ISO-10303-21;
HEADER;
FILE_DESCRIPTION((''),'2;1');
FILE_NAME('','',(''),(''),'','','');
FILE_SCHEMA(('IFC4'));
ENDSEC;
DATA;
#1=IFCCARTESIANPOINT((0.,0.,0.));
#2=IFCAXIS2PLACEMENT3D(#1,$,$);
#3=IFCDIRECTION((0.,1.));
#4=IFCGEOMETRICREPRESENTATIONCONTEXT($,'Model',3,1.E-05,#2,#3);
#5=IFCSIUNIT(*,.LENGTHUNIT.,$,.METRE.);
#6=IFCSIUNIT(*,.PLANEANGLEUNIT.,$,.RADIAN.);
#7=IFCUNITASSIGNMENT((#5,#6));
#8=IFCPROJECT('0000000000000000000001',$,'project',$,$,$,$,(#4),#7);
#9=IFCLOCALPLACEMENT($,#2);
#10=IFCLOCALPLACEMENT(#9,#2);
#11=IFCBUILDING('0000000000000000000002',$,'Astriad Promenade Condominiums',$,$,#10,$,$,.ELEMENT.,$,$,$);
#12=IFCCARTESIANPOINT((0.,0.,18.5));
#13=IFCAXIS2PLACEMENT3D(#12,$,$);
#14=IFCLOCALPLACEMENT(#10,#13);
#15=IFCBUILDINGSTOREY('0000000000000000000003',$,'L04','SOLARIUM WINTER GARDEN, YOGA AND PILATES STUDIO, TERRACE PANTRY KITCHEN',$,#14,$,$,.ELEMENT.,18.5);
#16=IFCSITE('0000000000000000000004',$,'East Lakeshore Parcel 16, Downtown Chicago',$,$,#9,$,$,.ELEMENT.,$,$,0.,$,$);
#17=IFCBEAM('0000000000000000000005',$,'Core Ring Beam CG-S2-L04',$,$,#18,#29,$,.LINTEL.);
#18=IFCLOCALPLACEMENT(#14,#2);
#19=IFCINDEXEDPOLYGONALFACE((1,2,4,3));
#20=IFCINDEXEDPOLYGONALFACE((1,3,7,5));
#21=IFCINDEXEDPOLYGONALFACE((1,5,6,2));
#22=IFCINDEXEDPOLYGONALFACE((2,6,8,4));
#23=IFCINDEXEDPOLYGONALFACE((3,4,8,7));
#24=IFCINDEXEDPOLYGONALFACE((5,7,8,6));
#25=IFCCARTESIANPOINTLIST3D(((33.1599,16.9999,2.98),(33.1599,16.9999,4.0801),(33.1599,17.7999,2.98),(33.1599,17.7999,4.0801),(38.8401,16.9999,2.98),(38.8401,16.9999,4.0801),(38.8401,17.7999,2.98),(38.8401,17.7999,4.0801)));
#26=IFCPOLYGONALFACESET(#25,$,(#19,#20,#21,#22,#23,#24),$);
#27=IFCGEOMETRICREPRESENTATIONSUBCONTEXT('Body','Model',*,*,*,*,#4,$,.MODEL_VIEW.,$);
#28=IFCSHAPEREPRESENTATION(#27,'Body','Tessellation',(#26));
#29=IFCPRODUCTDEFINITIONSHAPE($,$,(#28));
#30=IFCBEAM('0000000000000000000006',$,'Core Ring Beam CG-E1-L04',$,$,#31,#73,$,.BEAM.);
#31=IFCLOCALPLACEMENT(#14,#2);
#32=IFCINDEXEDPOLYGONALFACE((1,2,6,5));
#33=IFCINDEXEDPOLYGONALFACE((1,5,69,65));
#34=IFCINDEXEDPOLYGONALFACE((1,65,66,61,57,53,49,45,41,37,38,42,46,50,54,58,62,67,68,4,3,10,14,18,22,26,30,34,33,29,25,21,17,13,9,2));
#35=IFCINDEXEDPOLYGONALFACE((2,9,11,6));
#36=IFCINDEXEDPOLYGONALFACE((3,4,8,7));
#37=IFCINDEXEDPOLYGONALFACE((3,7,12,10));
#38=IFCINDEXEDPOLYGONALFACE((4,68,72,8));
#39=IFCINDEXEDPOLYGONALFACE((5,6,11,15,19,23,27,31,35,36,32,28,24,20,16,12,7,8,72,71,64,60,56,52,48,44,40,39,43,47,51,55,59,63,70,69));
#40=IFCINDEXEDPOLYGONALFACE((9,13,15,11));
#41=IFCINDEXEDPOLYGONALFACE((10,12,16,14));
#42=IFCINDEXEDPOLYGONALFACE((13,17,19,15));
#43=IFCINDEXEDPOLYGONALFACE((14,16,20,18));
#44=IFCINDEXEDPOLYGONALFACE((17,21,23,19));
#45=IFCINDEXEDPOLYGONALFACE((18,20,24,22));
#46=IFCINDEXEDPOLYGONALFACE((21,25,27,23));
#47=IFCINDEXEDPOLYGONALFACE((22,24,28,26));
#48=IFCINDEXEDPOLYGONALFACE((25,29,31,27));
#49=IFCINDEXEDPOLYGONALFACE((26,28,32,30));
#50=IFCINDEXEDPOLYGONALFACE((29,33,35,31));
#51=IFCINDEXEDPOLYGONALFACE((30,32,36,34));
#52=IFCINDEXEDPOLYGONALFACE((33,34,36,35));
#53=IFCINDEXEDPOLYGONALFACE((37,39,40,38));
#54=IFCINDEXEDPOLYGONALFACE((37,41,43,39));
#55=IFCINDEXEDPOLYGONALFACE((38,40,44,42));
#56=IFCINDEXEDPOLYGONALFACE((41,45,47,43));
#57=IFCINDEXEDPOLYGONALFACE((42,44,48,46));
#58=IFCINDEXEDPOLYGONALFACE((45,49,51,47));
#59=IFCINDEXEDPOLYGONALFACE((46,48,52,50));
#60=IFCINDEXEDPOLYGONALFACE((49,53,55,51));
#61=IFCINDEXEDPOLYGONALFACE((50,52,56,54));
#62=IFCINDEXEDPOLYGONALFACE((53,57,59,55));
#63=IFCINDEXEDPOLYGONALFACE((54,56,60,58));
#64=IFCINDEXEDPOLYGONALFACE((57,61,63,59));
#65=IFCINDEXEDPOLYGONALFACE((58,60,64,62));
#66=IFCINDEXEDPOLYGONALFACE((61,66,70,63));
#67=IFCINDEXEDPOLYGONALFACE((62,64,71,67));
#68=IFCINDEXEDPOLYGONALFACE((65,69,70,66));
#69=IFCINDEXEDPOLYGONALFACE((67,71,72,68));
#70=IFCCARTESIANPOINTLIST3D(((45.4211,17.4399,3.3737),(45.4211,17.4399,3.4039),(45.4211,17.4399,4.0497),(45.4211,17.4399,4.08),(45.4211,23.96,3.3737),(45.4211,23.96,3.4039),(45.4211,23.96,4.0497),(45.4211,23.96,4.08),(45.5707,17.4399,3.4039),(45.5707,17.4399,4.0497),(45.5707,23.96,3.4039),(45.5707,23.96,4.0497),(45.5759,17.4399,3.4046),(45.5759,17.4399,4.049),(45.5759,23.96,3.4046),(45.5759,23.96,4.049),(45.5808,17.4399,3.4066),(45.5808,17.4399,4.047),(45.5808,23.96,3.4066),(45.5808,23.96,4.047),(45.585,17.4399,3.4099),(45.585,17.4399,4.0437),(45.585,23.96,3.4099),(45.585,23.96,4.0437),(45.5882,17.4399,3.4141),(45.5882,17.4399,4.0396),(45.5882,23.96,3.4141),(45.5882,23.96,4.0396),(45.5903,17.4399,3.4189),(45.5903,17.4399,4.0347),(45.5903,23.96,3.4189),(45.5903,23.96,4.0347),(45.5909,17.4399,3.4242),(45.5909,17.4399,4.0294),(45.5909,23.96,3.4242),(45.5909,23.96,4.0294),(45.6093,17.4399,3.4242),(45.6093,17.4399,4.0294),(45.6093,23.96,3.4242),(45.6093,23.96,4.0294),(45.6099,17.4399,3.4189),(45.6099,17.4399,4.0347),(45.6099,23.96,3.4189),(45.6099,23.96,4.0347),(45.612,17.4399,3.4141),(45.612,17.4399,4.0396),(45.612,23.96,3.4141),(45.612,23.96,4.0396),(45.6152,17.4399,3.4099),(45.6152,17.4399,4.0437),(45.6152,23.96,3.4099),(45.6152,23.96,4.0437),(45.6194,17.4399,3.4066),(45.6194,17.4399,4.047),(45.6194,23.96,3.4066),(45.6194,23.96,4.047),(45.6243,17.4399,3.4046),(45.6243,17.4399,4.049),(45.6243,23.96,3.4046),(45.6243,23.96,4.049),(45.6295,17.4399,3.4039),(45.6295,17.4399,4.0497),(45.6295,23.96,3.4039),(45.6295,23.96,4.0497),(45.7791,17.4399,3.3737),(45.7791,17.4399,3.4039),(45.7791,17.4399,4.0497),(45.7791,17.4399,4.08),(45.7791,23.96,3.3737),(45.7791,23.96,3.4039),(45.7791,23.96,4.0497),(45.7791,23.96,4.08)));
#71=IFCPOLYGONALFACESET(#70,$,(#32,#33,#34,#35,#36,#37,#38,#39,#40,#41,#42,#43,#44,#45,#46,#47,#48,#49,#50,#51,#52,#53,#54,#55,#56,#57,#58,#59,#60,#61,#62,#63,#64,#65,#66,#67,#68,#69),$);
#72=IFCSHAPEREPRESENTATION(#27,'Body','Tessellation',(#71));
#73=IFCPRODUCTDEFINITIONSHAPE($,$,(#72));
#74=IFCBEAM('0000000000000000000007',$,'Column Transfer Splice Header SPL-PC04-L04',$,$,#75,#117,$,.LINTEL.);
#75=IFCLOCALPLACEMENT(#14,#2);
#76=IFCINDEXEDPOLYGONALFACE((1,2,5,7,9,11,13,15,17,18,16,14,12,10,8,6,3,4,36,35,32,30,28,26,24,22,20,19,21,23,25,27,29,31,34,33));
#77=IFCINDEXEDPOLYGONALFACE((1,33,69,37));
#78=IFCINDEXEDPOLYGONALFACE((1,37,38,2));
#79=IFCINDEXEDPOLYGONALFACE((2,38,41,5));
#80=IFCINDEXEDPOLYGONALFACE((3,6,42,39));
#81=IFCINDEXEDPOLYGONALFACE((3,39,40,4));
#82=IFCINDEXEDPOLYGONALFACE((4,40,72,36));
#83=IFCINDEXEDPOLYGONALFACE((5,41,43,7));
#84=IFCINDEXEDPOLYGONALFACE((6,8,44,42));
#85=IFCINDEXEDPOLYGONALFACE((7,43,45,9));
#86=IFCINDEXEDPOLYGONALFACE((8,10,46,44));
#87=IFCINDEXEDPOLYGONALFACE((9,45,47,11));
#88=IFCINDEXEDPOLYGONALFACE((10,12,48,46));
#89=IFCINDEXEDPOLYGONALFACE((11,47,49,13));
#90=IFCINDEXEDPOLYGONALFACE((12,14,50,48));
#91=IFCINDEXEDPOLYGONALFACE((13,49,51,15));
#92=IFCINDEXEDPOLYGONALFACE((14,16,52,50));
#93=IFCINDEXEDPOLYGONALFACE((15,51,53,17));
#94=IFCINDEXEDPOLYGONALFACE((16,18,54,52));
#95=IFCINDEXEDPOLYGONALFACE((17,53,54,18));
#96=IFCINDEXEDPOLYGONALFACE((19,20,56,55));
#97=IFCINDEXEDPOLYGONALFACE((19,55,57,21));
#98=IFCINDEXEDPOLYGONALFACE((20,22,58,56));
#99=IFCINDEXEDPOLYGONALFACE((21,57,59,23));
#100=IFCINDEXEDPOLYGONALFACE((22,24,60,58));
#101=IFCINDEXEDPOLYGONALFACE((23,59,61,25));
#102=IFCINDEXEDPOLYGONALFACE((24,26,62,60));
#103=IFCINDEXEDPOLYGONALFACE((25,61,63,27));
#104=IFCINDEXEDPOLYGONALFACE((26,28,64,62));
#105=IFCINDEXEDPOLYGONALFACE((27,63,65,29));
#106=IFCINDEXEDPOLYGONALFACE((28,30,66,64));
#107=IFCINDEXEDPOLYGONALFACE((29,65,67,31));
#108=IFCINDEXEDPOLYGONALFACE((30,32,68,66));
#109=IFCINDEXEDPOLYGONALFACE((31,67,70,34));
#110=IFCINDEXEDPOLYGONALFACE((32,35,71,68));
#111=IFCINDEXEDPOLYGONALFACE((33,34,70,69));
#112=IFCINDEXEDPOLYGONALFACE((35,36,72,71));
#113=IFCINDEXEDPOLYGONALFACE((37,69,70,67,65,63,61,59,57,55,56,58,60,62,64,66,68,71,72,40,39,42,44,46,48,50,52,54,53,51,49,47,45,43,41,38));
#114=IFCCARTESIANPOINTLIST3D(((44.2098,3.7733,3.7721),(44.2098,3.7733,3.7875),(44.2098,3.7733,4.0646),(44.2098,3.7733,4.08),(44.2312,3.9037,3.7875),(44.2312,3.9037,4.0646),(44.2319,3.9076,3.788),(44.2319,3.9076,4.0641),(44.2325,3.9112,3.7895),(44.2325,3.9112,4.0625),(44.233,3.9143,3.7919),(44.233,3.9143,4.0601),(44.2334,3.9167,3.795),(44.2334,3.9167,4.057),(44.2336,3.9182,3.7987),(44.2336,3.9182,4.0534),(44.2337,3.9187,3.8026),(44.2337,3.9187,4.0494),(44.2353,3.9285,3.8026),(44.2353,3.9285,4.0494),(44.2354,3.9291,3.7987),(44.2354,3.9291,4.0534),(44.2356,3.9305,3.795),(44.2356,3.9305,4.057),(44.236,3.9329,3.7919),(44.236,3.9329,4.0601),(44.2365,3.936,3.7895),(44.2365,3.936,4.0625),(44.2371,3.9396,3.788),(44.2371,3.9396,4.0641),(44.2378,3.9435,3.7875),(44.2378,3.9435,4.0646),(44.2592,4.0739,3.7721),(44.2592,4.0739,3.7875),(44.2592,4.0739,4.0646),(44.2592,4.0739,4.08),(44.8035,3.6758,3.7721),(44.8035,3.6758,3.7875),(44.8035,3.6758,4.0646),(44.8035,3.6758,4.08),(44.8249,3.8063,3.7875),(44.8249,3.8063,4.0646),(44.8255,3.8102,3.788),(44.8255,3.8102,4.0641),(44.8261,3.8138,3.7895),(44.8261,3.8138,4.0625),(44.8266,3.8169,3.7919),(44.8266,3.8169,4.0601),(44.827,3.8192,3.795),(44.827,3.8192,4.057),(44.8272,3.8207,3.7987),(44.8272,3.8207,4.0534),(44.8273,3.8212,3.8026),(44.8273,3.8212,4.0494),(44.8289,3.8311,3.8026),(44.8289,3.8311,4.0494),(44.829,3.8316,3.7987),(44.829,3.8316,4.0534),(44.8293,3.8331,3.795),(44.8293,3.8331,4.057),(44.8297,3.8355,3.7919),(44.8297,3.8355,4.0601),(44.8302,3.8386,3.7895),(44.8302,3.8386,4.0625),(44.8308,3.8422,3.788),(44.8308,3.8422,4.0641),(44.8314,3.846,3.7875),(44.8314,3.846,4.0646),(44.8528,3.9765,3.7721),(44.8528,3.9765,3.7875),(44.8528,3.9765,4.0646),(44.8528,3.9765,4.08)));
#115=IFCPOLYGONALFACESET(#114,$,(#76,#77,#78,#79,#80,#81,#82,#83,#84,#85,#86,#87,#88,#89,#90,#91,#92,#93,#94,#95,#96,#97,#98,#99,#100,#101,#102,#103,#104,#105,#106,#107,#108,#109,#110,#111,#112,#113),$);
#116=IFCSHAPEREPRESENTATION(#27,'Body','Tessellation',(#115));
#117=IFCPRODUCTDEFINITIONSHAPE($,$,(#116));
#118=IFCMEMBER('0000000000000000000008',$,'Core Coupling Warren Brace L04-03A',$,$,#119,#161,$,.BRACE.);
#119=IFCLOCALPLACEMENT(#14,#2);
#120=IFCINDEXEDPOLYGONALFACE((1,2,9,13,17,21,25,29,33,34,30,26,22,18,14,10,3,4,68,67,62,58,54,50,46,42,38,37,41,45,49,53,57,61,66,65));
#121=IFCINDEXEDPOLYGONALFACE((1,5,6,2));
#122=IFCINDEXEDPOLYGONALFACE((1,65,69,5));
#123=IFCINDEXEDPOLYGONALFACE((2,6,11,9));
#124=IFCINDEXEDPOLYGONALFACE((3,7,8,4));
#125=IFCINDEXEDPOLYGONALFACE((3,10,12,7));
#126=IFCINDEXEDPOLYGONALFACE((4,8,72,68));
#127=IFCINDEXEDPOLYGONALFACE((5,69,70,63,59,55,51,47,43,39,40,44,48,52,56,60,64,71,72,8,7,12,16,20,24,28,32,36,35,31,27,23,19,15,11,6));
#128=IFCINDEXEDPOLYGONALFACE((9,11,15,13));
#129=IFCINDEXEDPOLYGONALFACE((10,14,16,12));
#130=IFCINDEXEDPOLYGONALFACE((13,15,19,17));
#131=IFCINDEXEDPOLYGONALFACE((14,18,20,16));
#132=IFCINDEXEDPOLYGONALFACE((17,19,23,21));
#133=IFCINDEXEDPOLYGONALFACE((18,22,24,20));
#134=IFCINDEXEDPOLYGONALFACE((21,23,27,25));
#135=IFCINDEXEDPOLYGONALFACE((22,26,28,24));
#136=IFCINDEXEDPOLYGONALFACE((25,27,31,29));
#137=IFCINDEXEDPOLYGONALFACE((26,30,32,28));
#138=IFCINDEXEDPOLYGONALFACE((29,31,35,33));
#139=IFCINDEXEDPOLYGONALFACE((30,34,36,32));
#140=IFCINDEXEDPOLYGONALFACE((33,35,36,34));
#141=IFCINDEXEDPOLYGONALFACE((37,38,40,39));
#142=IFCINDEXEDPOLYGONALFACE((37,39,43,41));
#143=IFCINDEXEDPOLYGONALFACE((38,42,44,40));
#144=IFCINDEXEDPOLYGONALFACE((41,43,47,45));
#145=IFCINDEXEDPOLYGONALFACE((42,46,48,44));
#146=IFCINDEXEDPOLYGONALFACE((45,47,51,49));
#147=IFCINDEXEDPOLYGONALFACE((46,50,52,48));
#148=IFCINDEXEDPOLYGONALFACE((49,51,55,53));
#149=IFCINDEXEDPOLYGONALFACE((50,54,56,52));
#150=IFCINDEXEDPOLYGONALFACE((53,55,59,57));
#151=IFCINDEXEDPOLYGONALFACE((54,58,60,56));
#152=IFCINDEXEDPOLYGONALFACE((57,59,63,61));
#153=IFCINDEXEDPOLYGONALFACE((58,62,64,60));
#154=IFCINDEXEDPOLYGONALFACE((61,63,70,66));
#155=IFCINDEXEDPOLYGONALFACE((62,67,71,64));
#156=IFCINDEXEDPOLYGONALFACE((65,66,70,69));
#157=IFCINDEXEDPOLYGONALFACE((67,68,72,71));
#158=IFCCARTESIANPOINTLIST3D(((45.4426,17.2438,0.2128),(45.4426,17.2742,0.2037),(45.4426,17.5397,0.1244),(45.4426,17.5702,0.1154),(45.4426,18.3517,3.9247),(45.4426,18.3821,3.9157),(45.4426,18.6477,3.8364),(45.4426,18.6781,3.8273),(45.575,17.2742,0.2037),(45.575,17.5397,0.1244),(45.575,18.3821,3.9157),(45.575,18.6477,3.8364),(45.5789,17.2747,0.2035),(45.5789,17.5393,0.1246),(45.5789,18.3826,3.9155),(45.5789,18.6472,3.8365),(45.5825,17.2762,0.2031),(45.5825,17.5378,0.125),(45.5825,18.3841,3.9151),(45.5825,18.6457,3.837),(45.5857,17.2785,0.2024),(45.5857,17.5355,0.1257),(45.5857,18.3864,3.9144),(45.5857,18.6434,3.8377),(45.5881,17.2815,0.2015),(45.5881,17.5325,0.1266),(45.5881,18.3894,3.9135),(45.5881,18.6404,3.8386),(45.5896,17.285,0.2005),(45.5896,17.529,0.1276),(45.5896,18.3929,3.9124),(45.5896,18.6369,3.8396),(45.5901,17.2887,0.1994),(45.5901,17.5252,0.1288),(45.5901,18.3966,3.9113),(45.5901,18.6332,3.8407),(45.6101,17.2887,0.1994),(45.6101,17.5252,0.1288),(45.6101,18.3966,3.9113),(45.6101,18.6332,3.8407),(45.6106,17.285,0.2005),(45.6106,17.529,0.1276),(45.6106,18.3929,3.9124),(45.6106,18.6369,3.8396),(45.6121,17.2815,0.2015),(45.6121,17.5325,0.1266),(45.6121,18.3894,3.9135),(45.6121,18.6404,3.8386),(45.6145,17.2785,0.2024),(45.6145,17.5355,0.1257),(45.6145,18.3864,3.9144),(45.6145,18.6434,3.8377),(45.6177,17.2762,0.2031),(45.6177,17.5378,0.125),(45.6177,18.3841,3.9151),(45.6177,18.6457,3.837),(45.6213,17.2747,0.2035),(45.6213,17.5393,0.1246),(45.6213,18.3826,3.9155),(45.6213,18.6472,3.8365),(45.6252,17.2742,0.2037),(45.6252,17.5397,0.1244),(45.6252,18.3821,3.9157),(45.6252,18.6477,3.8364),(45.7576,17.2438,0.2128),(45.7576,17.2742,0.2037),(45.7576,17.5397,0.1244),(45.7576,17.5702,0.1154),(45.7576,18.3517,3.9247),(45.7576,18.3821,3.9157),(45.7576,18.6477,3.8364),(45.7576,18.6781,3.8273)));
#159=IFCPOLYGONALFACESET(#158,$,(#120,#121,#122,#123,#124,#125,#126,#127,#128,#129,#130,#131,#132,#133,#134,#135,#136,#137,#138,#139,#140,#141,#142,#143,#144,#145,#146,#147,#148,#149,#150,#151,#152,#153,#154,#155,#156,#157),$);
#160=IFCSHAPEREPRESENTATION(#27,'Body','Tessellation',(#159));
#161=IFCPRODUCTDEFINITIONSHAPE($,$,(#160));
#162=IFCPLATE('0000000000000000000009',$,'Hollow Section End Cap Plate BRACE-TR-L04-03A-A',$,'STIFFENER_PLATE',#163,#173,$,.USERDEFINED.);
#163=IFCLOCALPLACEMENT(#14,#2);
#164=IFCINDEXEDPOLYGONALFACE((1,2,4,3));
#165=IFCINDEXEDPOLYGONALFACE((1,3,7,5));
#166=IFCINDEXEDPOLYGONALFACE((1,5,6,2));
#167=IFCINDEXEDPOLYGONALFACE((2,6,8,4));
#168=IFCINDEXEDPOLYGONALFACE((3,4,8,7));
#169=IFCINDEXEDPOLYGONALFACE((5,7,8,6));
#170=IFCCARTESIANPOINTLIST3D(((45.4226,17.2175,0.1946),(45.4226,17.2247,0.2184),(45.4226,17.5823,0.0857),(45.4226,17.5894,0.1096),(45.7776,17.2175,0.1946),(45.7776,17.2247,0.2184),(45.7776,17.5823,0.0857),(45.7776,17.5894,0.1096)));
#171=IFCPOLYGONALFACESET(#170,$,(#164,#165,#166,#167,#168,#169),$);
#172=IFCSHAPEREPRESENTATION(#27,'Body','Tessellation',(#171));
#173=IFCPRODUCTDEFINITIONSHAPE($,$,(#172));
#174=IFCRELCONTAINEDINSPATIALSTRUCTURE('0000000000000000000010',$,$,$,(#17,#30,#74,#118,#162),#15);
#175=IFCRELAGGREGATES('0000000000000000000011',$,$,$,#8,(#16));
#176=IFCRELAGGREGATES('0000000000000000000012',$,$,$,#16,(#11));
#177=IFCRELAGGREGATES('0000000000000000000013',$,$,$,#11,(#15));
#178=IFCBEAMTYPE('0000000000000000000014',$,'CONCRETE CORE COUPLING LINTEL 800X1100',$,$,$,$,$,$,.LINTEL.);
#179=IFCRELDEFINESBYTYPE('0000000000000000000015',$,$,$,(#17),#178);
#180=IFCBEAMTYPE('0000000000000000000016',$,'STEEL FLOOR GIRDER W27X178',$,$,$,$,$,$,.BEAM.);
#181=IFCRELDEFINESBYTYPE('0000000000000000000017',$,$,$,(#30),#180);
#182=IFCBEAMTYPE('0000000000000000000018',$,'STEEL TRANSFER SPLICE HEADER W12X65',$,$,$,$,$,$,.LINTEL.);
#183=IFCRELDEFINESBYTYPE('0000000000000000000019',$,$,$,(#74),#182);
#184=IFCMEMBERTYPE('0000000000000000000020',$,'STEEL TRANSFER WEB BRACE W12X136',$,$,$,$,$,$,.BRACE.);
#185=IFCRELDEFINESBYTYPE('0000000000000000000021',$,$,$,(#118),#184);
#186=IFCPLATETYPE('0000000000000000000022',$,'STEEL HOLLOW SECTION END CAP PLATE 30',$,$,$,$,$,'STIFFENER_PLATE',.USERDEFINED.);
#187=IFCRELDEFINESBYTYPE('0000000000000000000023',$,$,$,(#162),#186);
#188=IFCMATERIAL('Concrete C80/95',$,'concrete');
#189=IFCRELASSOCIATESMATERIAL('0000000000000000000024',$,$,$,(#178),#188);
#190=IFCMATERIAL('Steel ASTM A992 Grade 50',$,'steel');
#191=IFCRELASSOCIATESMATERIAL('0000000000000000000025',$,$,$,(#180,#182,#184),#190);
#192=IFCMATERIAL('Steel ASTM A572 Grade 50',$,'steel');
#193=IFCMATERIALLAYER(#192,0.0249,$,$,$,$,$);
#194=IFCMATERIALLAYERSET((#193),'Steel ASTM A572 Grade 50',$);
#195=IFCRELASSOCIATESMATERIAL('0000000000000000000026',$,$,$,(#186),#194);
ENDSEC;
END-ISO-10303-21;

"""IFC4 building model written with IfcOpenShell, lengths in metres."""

from ifc_helpers import new_model, si_unit, direction, frame, origin, origin_2d, place, context, subcontext, project, spatial, rectangle, i_section, extrude, source, transform, mapped, material, layer, layer_set, material_profile, profile_set, type_object, type_shapes, element, save


model = new_model("IFC4")

# Units and contexts
model_context = context("Model", 3, precision=1e-05, world=origin(), true_north=direction((0.0, 1.0)))
body_context = subcontext(model_context, "Body", "Model", "MODEL_VIEW")
ifc_project = project(units=[si_unit("LENGTHUNIT", "METRE"), si_unit("PLANEANGLEUNIT", "RADIAN")], contexts=[model_context])

# Site, building, storey
site_placement = place(None, origin())
site = spatial("IfcSite", under=ifc_project, at=site_placement, Name="East Lakeshore Parcel 16, Downtown Chicago", CompositionType="ELEMENT", RefElevation=0.0)
building_placement = place(site_placement, origin())
building = spatial("IfcBuilding", under=site, at=building_placement, Name="Astriad Promenade Condominiums", CompositionType="ELEMENT")
storey_placement = place(building_placement, frame((0.0, 0.0, 18.5)))
storey = spatial("IfcBuildingStorey", under=building, at=storey_placement, Name="L04", Description="SOLARIUM WINTER GARDEN, YOGA AND PILATES STUDIO, TERRACE PANTRY KITCHEN", CompositionType="ELEMENT", Elevation=18.5)

# Shared definitions
ifc_material_1 = material(Name="Steel ASTM A992 Grade 50", Category="steel")

# Beams
ifc_material_2 = material(Name="Concrete C80/95", Category="concrete")
ifc_material_profile_1 = material_profile(ifc_material_2, rectangle(XDim=0.8, YDim=1.1001, at=origin_2d()), Name="RC-BM-800X1100")
ifc_profile_set_1 = profile_set([ifc_material_profile_1], Name="Concrete C80/95")
beam_type_1 = type_object("IfcBeamType", Name="CONCRETE CORE COUPLING LINTEL 800X1100", PredefinedType="LINTEL", material=ifc_profile_set_1)
shared_shape_1 = source(origin(), body_context, "Body", "SweptSolid", [
    extrude(rectangle(XDim=0.8, YDim=1.1001, at=origin_2d()), origin(), (0.0, 0.0, 1.0), 5.6802),
])
type_shapes(beam_type_1, [shared_shape_1])
beam_1_placement = place(storey_placement, frame((33.1599, 17.3999, 3.53), z_axis=(1.0, 0.0, 0.0), x_axis=(0.0, 1.0, 0.0)))
element("IfcBeam", 1, at=beam_1_placement, inside=storey, type_object=beam_type_1, Name="Core Ring Beam CG-S2-L04", PredefinedType="LINTEL", context=body_context, shape_type="MappedRepresentation", body=[
    mapped(shared_shape_1, transform((0.0, 0.0, 0.0), scale=1.0)),
])
ifc_material_profile_2 = material_profile(ifc_material_1, i_section(OverallWidth=0.3579, OverallDepth=0.7063, WebThickness=0.0183, FlangeThickness=0.0303, FilletRadius=0.0203, at=origin_2d()), Name="W27X178")
ifc_profile_set_2 = profile_set([ifc_material_profile_2], Name="Steel ASTM A992 Grade 50")
beam_type_2 = type_object("IfcBeamType", Name="STEEL FLOOR GIRDER W27X178", PredefinedType="BEAM", material=ifc_profile_set_2)
shared_shape_2 = source(origin(), body_context, "Body", "SweptSolid", [
    extrude(i_section(OverallWidth=0.3579, OverallDepth=0.7063, WebThickness=0.0183, FlangeThickness=0.0303, FilletRadius=0.0203, at=origin_2d()), origin(), (0.0, 0.0, 1.0), 6.52),
])
type_shapes(beam_type_2, [shared_shape_2])
beam_2_placement = place(storey_placement, frame((45.6001, 17.4399, 3.7268), z_axis=(0.0, 1.0, 0.0), x_axis=(-1.0, 0.0, 0.0)))
element("IfcBeam", 2, at=beam_2_placement, inside=storey, type_object=beam_type_2, Name="Core Ring Beam CG-E1-L04", PredefinedType="BEAM", context=body_context, shape_type="MappedRepresentation", body=[
    mapped(shared_shape_2, transform((0.0, 0.0, 0.0), scale=1.0)),
])
ifc_material_profile_3 = material_profile(ifc_material_1, i_section(OverallWidth=0.3047, OverallDepth=0.3079, WebThickness=0.01, FlangeThickness=0.0154, FilletRadius=0.0151, at=origin_2d()), Name="W12X65")
ifc_profile_set_3 = profile_set([ifc_material_profile_3], Name="Steel ASTM A992 Grade 50")
beam_type_3 = type_object("IfcBeamType", Name="STEEL TRANSFER SPLICE HEADER W12X65", PredefinedType="LINTEL", material=ifc_profile_set_3)
shared_shape_3 = source(origin(), body_context, "Body", "SweptSolid", [
    extrude(i_section(OverallWidth=0.3047, OverallDepth=0.3079, WebThickness=0.01, FlangeThickness=0.0154, FilletRadius=0.0151, at=origin_2d()), origin(), (0.0, 0.0, 1.0), 0.6016),
])
type_shapes(beam_type_3, [shared_shape_3])
beam_3_placement = place(storey_placement, frame((44.8281, 3.8262, 3.926), z_axis=(-0.986797, 0.161963, 0.0), x_axis=(-0.161963, -0.986797, 0.0)))
element("IfcBeam", 3, at=beam_3_placement, inside=storey, type_object=beam_type_3, Name="Column Transfer Splice Header SPL-PC04-L04", PredefinedType="LINTEL", context=body_context, shape_type="MappedRepresentation", body=[
    mapped(shared_shape_3, transform((0.0, 0.0, 0.0), scale=1.0)),
])

# Member
ifc_material_profile_4 = material_profile(ifc_material_1, i_section(OverallWidth=0.3149, OverallDepth=0.3406, WebThickness=0.02, FlangeThickness=0.0317, FilletRadius=0.0151, at=origin_2d()), Name="W12X136")
ifc_profile_set_4 = profile_set([ifc_material_profile_4], Name="Steel ASTM A992 Grade 50")
member_type = type_object("IfcMemberType", Name="STEEL TRANSFER WEB BRACE W12X136", PredefinedType="BRACE", material=ifc_profile_set_4)
shared_shape_4 = source(origin(), body_context, "Body", "SweptSolid", [
    extrude(i_section(OverallWidth=0.3149, OverallDepth=0.3406, WebThickness=0.02, FlangeThickness=0.0317, FilletRadius=0.0151, at=origin_2d()), origin(), (0.0, 0.0, 1.0), 3.8738),
])
type_shapes(member_type, [shared_shape_4])
member_placement = place(storey_placement, frame((45.6001, 17.407, 0.1641), z_axis=(0.0, 0.286006, 0.958228), x_axis=(-1.0, 0.0, 0.0)))
element("IfcMember", 4, at=member_placement, inside=storey, type_object=member_type, Name="Core Coupling Warren Brace L04-03A", PredefinedType="BRACE", context=body_context, shape_type="MappedRepresentation", body=[
    mapped(shared_shape_4, transform((0.0, 0.0, 0.0), scale=1.0)),
])

# Plate
ifc_material_3 = material(Name="Steel ASTM A572 Grade 50", Category="steel")
ifc_layer_1 = layer(ifc_material_3, 0.0249)
ifc_layer_set_1 = layer_set([ifc_layer_1], Name="Steel ASTM A572 Grade 50")
plate_type = type_object("IfcPlateType", Name="STEEL HOLLOW SECTION END CAP PLATE 30", ElementType="STIFFENER_PLATE", PredefinedType="USERDEFINED", material=ifc_layer_set_1)
shared_shape_5 = source(origin(), body_context, "Body", "SweptSolid", [
    extrude(rectangle(XDim=0.355, YDim=0.3806, at=origin_2d()), origin(), (0.0, 0.0, 1.0), 0.0249),
])
type_shapes(plate_type, [shared_shape_5])
for number, where, z_axis, x_axis, name in (
    (5, (45.6001, 17.3999, 0.1401), (0.0, 0.285974, 0.958237), (1.0, 0.0, 0.0), "Hollow Section End Cap Plate BRACE-TR-L04-03A-A"),
):
    element("IfcPlate", number, at=place(storey_placement, frame(where, z_axis=z_axis, x_axis=x_axis)), inside=storey, type_object=plate_type, Name=name, ObjectType="STIFFENER_PLATE", PredefinedType="USERDEFINED", context=body_context, shape_type="MappedRepresentation", body=[
        mapped(shared_shape_5, transform((0.0, 0.0, 0.0), scale=1.0)),
    ])

save(model, "model.ifc")
